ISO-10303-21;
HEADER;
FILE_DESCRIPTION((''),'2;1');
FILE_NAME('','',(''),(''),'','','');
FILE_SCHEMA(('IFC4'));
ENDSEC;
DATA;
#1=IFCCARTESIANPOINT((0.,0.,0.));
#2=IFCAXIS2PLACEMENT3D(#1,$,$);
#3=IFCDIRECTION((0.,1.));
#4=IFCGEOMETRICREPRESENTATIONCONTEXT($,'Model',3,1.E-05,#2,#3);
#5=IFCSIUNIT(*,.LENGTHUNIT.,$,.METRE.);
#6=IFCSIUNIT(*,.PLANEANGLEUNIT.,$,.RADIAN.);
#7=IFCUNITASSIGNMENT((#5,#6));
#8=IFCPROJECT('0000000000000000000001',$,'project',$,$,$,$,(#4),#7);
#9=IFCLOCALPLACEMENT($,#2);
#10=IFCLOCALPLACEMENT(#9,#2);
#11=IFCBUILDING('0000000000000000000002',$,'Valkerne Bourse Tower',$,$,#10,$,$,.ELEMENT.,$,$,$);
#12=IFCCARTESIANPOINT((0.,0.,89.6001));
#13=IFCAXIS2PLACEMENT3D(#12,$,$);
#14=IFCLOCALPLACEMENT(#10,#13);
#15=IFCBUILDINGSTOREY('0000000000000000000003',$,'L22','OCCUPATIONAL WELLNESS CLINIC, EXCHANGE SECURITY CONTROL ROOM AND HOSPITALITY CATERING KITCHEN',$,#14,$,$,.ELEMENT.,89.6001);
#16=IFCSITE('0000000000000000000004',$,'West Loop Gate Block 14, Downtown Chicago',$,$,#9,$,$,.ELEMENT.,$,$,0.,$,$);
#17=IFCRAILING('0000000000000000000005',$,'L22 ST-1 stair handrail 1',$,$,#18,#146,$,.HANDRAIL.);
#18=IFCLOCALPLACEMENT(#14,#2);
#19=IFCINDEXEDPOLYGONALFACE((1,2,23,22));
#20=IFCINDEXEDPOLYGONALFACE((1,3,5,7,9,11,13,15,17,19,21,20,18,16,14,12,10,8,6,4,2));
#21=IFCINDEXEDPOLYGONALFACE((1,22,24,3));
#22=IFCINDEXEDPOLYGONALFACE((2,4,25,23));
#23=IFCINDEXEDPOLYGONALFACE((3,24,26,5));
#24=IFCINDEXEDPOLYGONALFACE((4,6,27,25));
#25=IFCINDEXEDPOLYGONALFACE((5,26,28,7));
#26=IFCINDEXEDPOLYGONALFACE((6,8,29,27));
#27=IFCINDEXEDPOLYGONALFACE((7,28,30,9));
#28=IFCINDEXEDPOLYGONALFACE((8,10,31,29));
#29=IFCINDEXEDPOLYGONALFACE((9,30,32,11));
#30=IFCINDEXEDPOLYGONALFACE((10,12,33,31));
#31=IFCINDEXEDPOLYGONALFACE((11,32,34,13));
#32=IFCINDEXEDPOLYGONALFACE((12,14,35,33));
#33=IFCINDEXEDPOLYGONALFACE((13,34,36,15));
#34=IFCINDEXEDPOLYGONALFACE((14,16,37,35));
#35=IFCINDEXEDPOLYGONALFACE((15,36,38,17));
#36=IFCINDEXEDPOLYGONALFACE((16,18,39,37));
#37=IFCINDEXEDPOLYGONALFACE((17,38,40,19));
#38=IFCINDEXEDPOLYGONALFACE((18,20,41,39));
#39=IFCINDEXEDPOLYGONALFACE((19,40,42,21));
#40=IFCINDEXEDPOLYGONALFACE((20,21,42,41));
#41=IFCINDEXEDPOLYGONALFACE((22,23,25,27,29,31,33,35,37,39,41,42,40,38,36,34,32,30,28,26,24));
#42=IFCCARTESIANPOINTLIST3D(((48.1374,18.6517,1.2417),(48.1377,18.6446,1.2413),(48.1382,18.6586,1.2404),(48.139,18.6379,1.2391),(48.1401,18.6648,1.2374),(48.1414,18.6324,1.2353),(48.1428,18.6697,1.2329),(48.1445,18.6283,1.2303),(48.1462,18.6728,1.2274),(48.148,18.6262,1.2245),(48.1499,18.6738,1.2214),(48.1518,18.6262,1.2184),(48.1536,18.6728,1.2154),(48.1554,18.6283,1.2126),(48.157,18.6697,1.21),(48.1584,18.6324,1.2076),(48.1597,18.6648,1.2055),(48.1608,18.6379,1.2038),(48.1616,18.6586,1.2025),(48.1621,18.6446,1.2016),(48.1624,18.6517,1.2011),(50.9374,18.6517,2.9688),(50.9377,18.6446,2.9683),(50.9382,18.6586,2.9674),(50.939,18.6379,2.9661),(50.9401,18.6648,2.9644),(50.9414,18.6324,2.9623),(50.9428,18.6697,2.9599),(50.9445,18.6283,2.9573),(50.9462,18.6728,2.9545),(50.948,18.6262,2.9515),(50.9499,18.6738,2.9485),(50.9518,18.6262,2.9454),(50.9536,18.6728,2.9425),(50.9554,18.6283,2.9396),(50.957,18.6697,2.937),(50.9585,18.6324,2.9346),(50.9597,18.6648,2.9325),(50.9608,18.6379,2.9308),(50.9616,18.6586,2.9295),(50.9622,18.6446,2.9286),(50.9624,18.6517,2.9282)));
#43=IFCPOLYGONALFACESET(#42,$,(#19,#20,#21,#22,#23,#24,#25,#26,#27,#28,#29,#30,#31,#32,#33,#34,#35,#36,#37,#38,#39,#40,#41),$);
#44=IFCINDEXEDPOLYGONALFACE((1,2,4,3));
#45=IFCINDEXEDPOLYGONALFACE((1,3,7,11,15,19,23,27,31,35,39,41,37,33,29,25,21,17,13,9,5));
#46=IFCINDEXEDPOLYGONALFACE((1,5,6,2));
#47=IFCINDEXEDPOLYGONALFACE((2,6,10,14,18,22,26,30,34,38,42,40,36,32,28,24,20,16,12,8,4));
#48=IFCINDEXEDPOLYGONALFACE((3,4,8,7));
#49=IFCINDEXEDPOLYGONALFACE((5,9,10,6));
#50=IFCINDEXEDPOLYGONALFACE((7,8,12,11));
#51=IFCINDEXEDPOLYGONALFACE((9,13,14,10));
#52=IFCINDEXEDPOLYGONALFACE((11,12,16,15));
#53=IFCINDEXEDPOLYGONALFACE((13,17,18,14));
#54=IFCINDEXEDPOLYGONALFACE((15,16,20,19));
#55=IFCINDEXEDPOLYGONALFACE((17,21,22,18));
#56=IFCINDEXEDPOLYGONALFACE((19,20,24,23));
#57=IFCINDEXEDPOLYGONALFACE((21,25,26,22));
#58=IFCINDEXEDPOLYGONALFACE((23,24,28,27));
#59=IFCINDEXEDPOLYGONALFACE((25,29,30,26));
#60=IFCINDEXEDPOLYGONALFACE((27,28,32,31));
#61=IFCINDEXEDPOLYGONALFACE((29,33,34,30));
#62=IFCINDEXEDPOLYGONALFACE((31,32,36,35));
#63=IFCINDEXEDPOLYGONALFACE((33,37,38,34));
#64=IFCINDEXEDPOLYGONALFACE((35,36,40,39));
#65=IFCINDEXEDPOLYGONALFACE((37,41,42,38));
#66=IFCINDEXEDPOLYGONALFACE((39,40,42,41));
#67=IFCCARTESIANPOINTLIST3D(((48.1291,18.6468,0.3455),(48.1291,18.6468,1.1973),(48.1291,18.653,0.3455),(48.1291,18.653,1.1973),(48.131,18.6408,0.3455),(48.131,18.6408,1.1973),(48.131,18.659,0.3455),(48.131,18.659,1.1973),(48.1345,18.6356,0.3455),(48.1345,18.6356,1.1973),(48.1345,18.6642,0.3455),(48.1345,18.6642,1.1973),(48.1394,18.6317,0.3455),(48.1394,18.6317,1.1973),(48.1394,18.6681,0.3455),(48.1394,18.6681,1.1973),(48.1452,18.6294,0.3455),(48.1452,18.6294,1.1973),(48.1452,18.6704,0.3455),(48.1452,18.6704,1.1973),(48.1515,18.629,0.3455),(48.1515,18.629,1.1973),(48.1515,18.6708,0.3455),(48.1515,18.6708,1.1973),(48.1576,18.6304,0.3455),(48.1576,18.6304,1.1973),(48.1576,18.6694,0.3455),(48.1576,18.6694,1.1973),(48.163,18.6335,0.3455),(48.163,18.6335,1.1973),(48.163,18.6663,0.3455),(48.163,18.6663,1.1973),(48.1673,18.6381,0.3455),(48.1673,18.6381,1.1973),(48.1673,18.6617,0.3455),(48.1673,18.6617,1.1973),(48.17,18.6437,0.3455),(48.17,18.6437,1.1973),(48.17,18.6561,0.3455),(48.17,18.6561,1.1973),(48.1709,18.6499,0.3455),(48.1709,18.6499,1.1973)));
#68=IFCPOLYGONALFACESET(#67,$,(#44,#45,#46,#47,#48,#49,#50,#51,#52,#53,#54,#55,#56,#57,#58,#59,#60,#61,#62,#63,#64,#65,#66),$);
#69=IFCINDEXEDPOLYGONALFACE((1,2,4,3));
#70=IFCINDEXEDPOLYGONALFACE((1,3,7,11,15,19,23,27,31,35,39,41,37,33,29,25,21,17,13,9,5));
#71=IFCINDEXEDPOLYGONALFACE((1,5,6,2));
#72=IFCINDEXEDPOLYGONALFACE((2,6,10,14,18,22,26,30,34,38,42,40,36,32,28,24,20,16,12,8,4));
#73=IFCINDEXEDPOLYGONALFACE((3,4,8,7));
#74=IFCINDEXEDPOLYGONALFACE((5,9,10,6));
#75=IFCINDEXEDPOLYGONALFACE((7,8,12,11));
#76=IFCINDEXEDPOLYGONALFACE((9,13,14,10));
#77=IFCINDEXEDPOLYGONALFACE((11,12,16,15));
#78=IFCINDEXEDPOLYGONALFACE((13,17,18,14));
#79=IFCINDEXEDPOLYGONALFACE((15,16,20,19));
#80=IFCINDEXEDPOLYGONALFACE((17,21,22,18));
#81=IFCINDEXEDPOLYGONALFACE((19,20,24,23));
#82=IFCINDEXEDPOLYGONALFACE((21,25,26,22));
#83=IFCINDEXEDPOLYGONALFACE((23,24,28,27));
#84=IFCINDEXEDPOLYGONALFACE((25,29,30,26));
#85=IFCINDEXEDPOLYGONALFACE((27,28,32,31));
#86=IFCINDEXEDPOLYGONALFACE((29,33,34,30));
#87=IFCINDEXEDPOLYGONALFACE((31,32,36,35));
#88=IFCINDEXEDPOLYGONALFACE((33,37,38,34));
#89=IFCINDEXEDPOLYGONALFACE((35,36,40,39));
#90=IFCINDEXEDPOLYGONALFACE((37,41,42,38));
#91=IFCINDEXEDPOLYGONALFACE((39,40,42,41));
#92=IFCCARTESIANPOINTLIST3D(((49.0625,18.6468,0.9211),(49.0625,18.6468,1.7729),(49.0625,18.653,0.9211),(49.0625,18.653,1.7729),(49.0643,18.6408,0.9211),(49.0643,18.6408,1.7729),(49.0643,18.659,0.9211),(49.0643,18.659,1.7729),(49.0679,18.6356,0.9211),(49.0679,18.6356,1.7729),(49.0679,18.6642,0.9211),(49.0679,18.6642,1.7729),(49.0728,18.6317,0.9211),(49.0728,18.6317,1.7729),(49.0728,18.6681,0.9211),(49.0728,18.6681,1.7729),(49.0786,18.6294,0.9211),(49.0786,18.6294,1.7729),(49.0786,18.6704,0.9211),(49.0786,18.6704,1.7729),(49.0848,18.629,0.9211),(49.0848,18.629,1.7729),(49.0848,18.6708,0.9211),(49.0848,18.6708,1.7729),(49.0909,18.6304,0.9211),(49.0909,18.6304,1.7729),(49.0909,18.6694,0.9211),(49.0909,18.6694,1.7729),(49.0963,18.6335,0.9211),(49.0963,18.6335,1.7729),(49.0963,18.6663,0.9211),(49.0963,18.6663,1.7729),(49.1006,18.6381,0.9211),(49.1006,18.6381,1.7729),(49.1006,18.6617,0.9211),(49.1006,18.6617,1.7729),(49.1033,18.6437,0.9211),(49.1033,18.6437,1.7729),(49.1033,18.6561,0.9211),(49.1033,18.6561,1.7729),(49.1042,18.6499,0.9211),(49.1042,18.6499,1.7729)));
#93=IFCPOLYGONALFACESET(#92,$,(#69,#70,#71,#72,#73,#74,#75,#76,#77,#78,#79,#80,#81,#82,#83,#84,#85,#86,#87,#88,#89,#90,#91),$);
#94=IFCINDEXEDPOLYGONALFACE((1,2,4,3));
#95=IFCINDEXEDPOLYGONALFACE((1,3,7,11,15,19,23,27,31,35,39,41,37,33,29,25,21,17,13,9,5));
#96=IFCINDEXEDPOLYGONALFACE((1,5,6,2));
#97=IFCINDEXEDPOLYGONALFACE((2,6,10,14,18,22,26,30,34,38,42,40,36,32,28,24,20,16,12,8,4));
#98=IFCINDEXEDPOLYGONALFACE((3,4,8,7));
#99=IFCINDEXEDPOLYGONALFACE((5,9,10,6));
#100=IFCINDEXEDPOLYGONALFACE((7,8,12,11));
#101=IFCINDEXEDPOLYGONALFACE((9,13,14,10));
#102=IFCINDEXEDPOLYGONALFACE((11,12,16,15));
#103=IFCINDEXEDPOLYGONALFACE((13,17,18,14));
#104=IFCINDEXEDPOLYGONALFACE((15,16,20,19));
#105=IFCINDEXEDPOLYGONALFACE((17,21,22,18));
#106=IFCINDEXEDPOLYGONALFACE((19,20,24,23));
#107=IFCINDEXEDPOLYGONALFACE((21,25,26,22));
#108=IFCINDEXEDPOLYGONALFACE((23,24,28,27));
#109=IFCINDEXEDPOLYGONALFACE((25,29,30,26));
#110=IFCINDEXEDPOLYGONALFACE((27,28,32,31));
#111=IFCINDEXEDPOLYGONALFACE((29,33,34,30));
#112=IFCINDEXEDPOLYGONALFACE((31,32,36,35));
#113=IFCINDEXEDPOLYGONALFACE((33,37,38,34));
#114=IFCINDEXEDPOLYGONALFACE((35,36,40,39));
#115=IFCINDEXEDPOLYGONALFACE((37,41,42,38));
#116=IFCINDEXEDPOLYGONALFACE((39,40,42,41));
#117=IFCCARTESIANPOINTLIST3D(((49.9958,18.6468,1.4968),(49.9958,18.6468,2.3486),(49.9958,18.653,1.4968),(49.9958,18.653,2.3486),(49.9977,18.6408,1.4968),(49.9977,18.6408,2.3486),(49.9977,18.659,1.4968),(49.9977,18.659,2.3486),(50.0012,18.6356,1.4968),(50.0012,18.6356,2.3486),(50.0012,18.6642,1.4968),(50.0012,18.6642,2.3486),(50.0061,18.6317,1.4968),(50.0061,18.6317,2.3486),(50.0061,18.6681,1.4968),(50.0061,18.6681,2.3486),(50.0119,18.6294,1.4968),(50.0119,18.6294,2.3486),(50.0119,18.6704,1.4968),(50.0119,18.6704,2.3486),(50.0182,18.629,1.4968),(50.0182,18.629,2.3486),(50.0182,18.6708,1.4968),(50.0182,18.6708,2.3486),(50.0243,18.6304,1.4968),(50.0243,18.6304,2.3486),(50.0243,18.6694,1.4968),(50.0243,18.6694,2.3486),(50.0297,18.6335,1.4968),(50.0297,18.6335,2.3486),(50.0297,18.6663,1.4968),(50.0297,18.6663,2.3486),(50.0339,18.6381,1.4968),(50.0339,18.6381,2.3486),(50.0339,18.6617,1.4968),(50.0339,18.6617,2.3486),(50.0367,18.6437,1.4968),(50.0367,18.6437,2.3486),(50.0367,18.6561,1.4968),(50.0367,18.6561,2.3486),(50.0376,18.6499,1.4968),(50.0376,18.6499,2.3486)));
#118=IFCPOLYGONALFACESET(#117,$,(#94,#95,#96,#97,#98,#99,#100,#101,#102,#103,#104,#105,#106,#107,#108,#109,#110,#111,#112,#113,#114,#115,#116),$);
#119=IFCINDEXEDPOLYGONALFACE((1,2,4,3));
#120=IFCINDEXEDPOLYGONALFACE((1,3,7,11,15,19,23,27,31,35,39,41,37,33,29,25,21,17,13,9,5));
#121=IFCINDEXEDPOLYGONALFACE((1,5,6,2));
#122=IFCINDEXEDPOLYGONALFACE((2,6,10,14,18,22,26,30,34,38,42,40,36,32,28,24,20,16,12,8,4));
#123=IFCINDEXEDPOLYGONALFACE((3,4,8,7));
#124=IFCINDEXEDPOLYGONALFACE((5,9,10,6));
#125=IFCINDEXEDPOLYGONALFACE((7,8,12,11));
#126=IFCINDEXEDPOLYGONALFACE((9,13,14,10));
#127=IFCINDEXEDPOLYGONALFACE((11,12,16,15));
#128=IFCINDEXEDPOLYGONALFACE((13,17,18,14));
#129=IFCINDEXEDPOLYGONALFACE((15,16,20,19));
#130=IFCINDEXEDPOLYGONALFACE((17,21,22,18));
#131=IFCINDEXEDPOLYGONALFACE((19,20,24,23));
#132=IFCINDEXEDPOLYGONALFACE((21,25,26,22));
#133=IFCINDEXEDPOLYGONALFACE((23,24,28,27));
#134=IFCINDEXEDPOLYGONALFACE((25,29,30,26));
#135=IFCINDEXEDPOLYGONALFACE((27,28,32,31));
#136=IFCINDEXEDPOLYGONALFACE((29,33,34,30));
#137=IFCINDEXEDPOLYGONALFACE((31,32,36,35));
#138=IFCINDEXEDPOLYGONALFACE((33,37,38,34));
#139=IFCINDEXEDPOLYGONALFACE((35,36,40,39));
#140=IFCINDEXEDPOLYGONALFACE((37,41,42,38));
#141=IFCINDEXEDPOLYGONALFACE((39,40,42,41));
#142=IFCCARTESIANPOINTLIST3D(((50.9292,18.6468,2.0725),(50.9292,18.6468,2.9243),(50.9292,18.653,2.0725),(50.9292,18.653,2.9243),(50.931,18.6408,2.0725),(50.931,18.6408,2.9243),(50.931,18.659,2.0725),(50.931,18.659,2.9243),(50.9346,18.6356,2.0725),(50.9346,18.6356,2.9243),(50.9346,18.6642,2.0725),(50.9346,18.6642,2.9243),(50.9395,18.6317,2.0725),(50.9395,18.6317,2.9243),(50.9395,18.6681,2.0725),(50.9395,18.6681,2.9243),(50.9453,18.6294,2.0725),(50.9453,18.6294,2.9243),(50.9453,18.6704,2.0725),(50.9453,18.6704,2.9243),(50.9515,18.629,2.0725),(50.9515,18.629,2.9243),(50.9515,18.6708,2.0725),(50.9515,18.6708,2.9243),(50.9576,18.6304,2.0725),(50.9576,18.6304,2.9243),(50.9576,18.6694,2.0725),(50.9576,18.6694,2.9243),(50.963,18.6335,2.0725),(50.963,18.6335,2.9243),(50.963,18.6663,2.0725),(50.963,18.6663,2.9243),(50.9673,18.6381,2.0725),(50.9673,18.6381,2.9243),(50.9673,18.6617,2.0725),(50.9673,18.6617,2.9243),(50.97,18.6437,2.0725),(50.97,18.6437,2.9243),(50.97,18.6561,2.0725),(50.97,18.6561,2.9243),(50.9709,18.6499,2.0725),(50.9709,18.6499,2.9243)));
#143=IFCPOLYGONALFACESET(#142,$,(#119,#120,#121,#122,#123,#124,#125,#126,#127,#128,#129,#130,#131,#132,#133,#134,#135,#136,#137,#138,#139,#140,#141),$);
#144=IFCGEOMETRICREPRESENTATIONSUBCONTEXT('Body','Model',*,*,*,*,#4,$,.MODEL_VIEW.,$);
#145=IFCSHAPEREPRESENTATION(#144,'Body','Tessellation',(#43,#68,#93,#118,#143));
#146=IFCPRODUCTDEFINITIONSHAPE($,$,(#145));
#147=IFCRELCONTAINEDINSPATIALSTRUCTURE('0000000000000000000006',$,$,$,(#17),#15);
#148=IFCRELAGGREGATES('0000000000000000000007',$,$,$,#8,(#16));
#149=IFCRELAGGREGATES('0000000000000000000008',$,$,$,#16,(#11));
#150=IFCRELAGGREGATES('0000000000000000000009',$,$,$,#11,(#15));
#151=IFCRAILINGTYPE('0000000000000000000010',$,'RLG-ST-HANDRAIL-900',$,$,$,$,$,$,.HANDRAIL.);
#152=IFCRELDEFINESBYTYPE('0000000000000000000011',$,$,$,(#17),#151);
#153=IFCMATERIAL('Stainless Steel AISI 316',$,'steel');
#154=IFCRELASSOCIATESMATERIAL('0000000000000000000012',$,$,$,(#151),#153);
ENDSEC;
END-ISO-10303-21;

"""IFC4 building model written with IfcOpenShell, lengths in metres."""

from ifc_helpers import new_model, si_unit, direction, frame, origin, origin_2d, place, context, subcontext, project, spatial, circle, extrude, material, type_object, element, save


model = new_model("IFC4")

# Units and contexts
model_context = context("Model", 3, precision=1e-05, world=origin(), true_north=direction((0.0, 1.0)))
body_context = subcontext(model_context, "Body", "Model", "MODEL_VIEW")
ifc_project = project(units=[si_unit("LENGTHUNIT", "METRE"), si_unit("PLANEANGLEUNIT", "RADIAN")], contexts=[model_context])

# Site, building, storey
site_placement = place(None, origin())
site = spatial("IfcSite", under=ifc_project, at=site_placement, Name="West Loop Gate Block 14, Downtown Chicago", CompositionType="ELEMENT", RefElevation=0.0)
building_placement = place(site_placement, origin())
building = spatial("IfcBuilding", under=site, at=building_placement, Name="Valkerne Bourse Tower", CompositionType="ELEMENT")
storey_placement = place(building_placement, frame((0.0, 0.0, 89.6001)))
storey = spatial("IfcBuildingStorey", under=building, at=storey_placement, Name="L22", Description="OCCUPATIONAL WELLNESS CLINIC, EXCHANGE SECURITY CONTROL ROOM AND HOSPITALITY CATERING KITCHEN", CompositionType="ELEMENT", Elevation=89.6001)

# Shared definitions
ifc_material_1 = material(Name="Stainless Steel AISI 316", Category="steel")

# Railing
railing_type_1 = type_object("IfcRailingType", Name="RLG-ST-HANDRAIL-900", PredefinedType="HANDRAIL", material=ifc_material_1)
railing_1_placement = place(storey_placement, frame((48.1499, 18.6499, 0.3455)))
element("IfcRailing", 1, at=railing_1_placement, inside=storey, type_object=railing_type_1, Name="L22 ST-1 stair handrail 1", PredefinedType="HANDRAIL", context=body_context, shape_type="SweptSolid", body=[
    extrude(circle(Radius=0.0239, at=origin_2d()), frame((0.0, 0.0, 0.876), z_axis=(0.851123, 0.0, 0.524967), x_axis=(0.0, 1.0, 0.0)), (0.0, 0.0, 1.0), 3.2898),
    extrude(circle(Radius=0.021, at=origin_2d()), origin(), (0.0, 0.0, 1.0), 0.8518),
    extrude(circle(Radius=0.021, at=origin_2d()), frame((0.9333, 0.0, 0.5757)), (0.0, 0.0, 1.0), 0.8518),
    extrude(circle(Radius=0.021, at=origin_2d()), frame((1.8667, 0.0, 1.1514)), (0.0, 0.0, 1.0), 0.8518),
    extrude(circle(Radius=0.021, at=origin_2d()), frame((2.8, 0.0, 1.7271)), (0.0, 0.0, 1.0), 0.8518),
])

save(model, "model.ifc")
